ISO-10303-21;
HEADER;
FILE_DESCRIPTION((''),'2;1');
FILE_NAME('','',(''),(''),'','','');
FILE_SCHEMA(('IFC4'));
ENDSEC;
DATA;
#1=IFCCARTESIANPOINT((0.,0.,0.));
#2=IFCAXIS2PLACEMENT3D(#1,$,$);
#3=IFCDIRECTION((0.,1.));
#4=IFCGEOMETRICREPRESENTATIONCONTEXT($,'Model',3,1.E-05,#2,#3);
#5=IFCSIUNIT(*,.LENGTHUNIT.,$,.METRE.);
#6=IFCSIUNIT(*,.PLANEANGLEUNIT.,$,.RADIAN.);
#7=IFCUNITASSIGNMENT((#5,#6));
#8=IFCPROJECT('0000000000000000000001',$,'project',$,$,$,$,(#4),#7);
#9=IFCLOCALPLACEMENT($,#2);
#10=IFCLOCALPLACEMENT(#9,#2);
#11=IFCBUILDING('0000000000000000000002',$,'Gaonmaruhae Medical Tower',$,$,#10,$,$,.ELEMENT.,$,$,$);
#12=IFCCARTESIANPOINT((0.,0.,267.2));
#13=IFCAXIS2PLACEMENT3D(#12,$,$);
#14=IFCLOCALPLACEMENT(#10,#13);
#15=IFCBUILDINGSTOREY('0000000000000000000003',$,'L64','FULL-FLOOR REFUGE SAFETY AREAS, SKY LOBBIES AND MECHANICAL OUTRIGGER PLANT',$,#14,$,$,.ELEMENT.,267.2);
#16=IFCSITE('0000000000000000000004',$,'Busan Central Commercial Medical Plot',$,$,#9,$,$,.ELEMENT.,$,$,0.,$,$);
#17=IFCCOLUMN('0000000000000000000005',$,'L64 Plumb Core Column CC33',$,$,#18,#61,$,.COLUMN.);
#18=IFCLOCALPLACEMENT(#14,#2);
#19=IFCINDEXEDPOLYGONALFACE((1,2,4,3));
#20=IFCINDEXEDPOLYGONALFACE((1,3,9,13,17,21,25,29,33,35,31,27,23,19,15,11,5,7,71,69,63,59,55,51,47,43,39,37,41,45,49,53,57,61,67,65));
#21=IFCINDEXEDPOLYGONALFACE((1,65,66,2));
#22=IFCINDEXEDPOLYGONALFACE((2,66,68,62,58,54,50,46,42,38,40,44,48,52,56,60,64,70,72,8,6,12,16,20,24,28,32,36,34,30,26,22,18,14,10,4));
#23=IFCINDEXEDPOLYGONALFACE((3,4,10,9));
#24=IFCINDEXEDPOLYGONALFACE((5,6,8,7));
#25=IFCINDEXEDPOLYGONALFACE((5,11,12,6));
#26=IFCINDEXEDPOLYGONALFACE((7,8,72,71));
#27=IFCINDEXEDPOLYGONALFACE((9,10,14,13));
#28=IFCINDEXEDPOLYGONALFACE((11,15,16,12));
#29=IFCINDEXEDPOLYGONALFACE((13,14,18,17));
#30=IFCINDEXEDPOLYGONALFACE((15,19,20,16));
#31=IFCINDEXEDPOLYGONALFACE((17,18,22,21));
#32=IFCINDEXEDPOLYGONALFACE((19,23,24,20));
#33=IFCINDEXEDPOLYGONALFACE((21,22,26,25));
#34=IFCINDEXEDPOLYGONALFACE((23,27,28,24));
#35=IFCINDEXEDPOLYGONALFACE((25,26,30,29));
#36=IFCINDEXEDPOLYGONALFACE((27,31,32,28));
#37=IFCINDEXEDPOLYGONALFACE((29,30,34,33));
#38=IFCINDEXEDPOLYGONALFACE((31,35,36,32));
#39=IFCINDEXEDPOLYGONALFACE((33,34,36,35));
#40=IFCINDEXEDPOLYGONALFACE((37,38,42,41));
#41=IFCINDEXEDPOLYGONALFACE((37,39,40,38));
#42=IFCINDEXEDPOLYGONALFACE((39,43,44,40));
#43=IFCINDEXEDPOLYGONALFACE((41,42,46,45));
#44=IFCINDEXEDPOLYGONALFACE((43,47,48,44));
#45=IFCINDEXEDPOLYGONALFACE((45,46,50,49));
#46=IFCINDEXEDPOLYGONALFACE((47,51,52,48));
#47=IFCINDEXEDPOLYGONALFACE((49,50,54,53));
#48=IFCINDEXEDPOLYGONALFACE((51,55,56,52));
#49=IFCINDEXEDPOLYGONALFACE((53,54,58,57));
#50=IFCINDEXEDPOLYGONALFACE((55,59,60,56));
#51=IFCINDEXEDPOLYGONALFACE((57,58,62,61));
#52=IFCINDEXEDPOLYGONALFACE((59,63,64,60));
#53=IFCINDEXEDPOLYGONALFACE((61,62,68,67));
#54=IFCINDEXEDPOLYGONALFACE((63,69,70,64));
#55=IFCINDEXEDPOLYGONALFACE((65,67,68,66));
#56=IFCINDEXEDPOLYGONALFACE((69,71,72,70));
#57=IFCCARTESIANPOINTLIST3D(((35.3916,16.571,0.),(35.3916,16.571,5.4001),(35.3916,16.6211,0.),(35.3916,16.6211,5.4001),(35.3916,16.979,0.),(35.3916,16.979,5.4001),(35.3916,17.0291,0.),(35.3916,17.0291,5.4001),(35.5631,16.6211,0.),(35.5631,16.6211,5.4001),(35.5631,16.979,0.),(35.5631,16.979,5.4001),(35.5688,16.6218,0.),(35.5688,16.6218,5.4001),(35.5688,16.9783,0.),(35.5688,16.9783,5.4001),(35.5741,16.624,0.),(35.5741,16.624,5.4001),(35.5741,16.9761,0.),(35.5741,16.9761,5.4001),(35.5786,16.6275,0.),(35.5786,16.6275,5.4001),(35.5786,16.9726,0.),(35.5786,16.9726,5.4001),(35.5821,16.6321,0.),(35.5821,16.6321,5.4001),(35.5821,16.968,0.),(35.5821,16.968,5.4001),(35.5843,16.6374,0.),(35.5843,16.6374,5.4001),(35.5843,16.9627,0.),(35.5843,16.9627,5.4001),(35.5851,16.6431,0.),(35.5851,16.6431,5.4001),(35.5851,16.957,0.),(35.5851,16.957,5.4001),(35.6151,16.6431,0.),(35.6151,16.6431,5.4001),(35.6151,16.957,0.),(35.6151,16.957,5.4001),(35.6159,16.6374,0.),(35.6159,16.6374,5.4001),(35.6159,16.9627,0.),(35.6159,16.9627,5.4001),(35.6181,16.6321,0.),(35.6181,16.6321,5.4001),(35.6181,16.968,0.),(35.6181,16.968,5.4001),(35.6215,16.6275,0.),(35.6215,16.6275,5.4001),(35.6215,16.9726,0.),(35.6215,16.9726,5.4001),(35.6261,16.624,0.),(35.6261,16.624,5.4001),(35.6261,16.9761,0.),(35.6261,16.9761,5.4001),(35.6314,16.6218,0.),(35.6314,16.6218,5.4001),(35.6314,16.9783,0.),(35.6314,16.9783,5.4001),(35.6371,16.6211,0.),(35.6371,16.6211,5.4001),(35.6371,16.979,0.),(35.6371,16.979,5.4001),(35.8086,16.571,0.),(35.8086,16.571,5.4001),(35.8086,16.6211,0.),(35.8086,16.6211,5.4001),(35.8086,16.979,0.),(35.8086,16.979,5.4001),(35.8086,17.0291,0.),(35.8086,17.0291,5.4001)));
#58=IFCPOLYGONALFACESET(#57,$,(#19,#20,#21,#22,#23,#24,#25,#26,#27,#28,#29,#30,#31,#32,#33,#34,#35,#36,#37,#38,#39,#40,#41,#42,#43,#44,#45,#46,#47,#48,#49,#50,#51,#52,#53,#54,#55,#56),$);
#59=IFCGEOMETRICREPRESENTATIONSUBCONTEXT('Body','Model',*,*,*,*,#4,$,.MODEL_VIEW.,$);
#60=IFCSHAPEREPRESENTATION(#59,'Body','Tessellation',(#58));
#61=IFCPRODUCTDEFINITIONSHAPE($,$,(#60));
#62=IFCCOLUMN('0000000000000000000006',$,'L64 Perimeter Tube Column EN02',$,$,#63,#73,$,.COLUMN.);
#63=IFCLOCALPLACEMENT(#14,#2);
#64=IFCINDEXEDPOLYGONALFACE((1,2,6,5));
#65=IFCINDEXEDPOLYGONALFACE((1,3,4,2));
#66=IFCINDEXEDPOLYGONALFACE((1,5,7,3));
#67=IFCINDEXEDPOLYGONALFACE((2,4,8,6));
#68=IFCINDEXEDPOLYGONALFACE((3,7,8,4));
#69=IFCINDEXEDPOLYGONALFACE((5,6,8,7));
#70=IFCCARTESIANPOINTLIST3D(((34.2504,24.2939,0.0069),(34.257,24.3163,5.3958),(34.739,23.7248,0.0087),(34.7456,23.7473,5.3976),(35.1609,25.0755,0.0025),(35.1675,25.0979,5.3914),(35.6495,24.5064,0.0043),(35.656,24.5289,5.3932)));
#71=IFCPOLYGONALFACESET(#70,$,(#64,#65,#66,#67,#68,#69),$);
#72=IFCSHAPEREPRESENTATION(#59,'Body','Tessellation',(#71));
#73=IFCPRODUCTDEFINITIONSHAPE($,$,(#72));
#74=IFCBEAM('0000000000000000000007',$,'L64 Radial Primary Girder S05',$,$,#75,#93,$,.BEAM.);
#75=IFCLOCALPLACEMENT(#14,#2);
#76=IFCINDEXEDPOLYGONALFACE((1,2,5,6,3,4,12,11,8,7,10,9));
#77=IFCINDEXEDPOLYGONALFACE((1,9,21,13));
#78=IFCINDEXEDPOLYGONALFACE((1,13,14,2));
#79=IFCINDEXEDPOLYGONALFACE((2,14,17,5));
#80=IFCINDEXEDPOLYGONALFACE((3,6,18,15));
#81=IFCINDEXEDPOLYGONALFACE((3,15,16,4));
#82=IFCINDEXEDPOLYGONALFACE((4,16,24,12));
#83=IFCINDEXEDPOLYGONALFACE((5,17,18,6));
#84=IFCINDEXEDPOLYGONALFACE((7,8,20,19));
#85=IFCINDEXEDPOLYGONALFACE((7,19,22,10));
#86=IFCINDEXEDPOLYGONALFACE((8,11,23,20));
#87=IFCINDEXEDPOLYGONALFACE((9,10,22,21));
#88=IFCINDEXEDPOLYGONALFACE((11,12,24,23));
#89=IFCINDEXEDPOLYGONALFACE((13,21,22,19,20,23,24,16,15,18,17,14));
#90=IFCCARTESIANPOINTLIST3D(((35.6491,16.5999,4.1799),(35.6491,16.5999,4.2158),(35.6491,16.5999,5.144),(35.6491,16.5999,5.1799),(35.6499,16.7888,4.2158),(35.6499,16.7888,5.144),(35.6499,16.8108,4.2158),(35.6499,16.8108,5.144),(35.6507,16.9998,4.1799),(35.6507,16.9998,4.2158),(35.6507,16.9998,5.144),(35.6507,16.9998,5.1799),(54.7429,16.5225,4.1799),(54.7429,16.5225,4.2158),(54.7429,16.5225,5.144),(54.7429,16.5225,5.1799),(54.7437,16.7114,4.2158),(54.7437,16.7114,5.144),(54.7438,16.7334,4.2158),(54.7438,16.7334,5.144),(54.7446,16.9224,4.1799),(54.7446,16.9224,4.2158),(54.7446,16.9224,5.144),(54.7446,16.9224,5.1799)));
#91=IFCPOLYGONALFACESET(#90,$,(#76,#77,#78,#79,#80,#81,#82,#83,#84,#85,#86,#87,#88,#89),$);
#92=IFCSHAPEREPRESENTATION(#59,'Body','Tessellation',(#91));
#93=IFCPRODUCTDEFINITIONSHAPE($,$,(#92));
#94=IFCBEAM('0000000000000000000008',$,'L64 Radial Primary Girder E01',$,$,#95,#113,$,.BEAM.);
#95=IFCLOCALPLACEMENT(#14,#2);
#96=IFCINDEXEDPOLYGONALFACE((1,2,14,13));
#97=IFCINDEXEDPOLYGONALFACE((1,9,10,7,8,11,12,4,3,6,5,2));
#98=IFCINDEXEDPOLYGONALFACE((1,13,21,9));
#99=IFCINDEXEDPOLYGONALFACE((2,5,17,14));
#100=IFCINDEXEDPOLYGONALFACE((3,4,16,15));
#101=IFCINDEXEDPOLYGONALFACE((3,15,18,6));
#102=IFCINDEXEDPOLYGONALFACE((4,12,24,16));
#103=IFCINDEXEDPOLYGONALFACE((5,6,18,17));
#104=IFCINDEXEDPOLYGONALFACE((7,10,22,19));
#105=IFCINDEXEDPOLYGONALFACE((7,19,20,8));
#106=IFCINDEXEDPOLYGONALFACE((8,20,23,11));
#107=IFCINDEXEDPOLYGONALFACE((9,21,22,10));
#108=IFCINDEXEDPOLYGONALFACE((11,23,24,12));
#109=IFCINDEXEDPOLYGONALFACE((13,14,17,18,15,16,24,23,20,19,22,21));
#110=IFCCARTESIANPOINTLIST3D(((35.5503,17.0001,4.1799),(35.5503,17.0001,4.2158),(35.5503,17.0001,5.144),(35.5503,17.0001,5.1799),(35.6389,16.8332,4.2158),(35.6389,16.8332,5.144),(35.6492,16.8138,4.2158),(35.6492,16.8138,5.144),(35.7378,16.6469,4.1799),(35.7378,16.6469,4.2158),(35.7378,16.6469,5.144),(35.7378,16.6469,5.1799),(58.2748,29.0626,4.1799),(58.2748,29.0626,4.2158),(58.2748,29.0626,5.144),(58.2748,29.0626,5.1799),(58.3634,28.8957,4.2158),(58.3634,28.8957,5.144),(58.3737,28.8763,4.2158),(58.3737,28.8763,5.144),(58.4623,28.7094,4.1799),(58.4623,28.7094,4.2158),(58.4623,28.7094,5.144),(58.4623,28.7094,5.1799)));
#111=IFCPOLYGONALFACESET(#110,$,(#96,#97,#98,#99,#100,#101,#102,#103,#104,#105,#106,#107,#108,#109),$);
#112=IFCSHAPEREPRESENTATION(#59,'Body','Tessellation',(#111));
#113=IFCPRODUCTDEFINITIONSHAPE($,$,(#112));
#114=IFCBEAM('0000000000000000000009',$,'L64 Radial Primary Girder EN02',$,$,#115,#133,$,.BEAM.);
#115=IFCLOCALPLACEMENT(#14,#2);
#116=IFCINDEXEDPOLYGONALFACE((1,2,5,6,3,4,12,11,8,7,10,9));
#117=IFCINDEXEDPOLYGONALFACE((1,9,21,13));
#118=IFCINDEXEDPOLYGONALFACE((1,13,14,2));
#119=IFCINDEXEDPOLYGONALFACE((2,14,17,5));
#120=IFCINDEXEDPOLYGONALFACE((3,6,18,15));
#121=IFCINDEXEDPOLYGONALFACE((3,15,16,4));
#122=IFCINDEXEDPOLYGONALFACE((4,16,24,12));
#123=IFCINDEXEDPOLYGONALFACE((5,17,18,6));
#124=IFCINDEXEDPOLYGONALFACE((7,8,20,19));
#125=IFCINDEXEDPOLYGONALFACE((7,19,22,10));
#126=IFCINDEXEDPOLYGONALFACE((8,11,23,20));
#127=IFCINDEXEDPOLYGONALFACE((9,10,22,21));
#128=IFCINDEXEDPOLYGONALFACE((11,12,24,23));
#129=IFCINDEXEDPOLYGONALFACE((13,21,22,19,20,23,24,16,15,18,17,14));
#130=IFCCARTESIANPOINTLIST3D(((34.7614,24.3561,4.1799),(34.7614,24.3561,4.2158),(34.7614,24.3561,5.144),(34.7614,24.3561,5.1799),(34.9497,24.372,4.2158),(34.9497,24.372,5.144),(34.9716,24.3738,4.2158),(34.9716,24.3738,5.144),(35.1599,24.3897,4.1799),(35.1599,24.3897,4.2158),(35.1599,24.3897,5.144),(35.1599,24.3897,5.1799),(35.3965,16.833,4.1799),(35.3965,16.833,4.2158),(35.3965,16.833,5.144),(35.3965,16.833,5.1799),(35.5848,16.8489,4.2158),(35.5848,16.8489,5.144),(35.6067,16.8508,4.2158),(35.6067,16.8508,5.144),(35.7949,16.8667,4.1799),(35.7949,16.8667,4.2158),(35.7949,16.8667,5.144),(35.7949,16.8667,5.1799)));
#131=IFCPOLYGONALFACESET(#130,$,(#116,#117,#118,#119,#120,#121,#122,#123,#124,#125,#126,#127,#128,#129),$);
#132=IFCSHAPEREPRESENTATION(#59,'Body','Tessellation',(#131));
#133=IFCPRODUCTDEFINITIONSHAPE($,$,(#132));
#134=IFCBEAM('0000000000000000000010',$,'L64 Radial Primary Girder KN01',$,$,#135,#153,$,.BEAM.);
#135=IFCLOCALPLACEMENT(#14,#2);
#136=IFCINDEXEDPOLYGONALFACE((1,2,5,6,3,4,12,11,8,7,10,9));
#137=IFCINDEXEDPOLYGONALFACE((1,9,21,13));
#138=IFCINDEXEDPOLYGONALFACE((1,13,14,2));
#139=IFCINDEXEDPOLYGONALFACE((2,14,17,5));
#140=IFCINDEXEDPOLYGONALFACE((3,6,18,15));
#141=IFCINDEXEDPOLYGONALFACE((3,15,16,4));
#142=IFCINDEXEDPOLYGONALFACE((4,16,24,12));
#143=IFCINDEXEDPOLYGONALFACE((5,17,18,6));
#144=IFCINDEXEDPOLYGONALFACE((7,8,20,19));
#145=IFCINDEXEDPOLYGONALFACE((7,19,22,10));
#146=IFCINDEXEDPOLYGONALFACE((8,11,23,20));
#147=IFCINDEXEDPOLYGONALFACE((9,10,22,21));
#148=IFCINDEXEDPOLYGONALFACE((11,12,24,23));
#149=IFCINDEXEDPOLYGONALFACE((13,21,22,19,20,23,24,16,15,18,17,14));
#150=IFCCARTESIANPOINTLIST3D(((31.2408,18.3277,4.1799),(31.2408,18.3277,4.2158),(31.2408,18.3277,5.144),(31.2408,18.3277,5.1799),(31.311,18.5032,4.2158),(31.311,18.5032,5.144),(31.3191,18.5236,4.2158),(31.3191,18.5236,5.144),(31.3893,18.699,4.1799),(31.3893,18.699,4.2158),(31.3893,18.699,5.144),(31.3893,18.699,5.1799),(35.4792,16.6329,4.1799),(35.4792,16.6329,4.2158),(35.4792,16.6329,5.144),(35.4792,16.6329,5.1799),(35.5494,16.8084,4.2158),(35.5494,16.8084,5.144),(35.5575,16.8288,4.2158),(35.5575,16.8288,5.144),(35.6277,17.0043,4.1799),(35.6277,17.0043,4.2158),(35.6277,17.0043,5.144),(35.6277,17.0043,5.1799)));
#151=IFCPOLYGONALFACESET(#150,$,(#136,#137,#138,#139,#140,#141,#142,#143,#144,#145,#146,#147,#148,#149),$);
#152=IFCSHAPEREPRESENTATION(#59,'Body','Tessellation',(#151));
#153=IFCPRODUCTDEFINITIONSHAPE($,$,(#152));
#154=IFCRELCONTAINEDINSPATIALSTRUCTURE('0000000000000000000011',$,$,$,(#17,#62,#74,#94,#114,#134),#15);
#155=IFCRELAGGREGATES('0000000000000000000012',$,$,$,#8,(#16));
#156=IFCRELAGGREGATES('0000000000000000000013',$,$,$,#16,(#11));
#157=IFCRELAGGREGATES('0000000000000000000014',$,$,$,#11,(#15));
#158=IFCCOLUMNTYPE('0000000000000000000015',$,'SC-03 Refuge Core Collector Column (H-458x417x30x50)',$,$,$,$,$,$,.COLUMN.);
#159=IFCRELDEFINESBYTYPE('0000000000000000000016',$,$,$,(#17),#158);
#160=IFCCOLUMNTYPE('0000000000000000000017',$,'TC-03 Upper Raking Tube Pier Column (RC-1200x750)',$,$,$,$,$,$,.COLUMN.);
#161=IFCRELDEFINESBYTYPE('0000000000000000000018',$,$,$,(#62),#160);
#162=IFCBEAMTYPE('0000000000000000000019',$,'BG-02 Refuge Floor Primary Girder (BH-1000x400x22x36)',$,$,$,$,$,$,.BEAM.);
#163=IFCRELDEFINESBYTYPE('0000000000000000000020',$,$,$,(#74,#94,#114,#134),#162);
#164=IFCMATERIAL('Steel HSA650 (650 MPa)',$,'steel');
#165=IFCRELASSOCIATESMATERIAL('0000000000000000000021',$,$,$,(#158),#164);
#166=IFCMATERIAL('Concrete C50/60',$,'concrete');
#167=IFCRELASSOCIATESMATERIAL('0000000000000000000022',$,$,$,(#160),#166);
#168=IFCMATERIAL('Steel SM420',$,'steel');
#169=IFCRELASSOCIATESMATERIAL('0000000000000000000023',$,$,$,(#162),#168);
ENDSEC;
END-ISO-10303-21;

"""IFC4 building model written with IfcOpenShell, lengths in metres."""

from ifc_helpers import new_model, si_unit, direction, frame, origin, origin_2d, place, context, subcontext, project, spatial, rectangle, i_section, extrude, material, material_profile, profile_set, type_object, element, save


model = new_model("IFC4")

# Units and contexts
model_context = context("Model", 3, precision=1e-05, world=origin(), true_north=direction((0.0, 1.0)))
body_context = subcontext(model_context, "Body", "Model", "MODEL_VIEW")
ifc_project = project(units=[si_unit("LENGTHUNIT", "METRE"), si_unit("PLANEANGLEUNIT", "RADIAN")], contexts=[model_context])

# Site, building, storey
site_placement = place(None, origin())
site = spatial("IfcSite", under=ifc_project, at=site_placement, Name="Busan Central Commercial Medical Plot", CompositionType="ELEMENT", RefElevation=0.0)
building_placement = place(site_placement, origin())
building = spatial("IfcBuilding", under=site, at=building_placement, Name="Gaonmaruhae Medical Tower", CompositionType="ELEMENT")
storey_placement = place(building_placement, frame((0.0, 0.0, 267.2)))
storey = spatial("IfcBuildingStorey", under=building, at=storey_placement, Name="L64", Description="FULL-FLOOR REFUGE SAFETY AREAS, SKY LOBBIES AND MECHANICAL OUTRIGGER PLANT", CompositionType="ELEMENT", Elevation=267.2)

# Columns
ifc_material_1 = material(Name="Steel HSA650 (650 MPa)", Category="steel")
ifc_material_profile_1 = material_profile(ifc_material_1, i_section(OverallWidth=0.417, OverallDepth=0.458, WebThickness=0.03, FlangeThickness=0.05, FilletRadius=0.022, at=origin_2d()), Name="H-458x417x30x50")
ifc_profile_set_1 = profile_set([ifc_material_profile_1], Name="Steel HSA650 (650 MPa)")
column_type_1 = type_object("IfcColumnType", Name="SC-03 Refuge Core Collector Column (H-458x417x30x50)", PredefinedType="COLUMN", material=ifc_profile_set_1)
column_1_placement = place(storey_placement, frame((35.6001, 16.8, 0.0), z_axis=(0.0, 0.0, 1.0), x_axis=(1.0, 0.0, 0.0)))
element("IfcColumn", 1, at=column_1_placement, inside=storey, type_object=column_type_1, Name="L64 Plumb Core Column CC33", PredefinedType="COLUMN", context=body_context, shape_type="SweptSolid", body=[
    extrude(i_section(OverallWidth=0.417, OverallDepth=0.458, WebThickness=0.03, FlangeThickness=0.05, FilletRadius=0.022, at=origin_2d()), origin(), (0.0, 0.0, 1.0), 5.4001),
])
ifc_material_2 = material(Name="Concrete C50/60", Category="concrete")
ifc_material_profile_2 = material_profile(ifc_material_2, rectangle(XDim=1.2, YDim=0.75, at=origin_2d()), Name="RC-1200x750")
ifc_profile_set_2 = profile_set([ifc_material_profile_2], Name="Concrete C50/60")
column_type_2 = type_object("IfcColumnType", Name="TC-03 Upper Raking Tube Pier Column (RC-1200x750)", PredefinedType="COLUMN", material=ifc_profile_set_2)
column_2_placement = place(storey_placement, frame((34.95, 24.4001, 0.0056), z_axis=(0.001223, 0.004168, 0.999991), x_axis=(-0.758767, -0.651352, 0.003643)))
element("IfcColumn", 2, at=column_2_placement, inside=storey, type_object=column_type_2, Name="L64 Perimeter Tube Column EN02", PredefinedType="COLUMN", context=body_context, shape_type="SweptSolid", body=[
    extrude(rectangle(XDim=1.2, YDim=0.75, at=origin_2d()), origin(), (0.0, 0.0, 1.0), 5.3889),
])

# Beams
ifc_material_3 = material(Name="Steel SM420", Category="steel")
ifc_material_profile_3 = material_profile(ifc_material_3, i_section(OverallWidth=0.3999, OverallDepth=1.0, WebThickness=0.022, FlangeThickness=0.0359, at=origin_2d()), Name="BH-1000x400x22x36")
ifc_profile_set_3 = profile_set([ifc_material_profile_3], Name="Steel SM420")
beam_type_1 = type_object("IfcBeamType", Name="BG-02 Refuge Floor Primary Girder (BH-1000x400x22x36)", PredefinedType="BEAM", material=ifc_profile_set_3)
beam_1_placement = place(storey_placement, frame((35.6499, 16.7998, 4.6799), z_axis=(0.999992, -0.004053, 0.0), x_axis=(0.004053, 0.999992, 0.0)))
element("IfcBeam", 3, at=beam_1_placement, inside=storey, type_object=beam_type_1, Name="L64 Radial Primary Girder S05", PredefinedType="BEAM", context=body_context, shape_type="SweptSolid", body=[
    extrude(i_section(OverallWidth=0.3999, OverallDepth=1.0, WebThickness=0.022, FlangeThickness=0.0359, at=origin_2d()), origin(), (0.0, 0.0, 1.0), 19.094),
])
beam_2_placement = place(storey_placement, frame((35.644, 16.8235, 4.6799), z_axis=(0.883274, 0.468858, 0.0), x_axis=(-0.468858, 0.883274, 0.0)))
element("IfcBeam", 4, at=beam_2_placement, inside=storey, type_object=beam_type_1, Name="L64 Radial Primary Girder E01", PredefinedType="BEAM", context=body_context, shape_type="SweptSolid", body=[
    extrude(i_section(OverallWidth=0.3999, OverallDepth=1.0, WebThickness=0.022, FlangeThickness=0.0359, at=origin_2d()), origin(), (0.0, 0.0, 1.0), 25.7275),
])
beam_3_placement = place(storey_placement, frame((35.5957, 16.8499, 4.6799), z_axis=(-0.084111, 0.996456, 0.0), x_axis=(-0.996456, -0.084111, 0.0)))
element("IfcBeam", 5, at=beam_3_placement, inside=storey, type_object=beam_type_1, Name="L64 Radial Primary Girder EN02", PredefinedType="BEAM", context=body_context, shape_type="SweptSolid", body=[
    extrude(i_section(OverallWidth=0.3999, OverallDepth=1.0, WebThickness=0.022, FlangeThickness=0.0359, at=origin_2d()), origin(), (0.0, 0.0, 1.0), 7.5498),
])
beam_4_placement = place(storey_placement, frame((35.5535, 16.8186, 4.6799), z_axis=(-0.928521, 0.37128, 0.0), x_axis=(-0.37128, -0.928521, 0.0)))
element("IfcBeam", 6, at=beam_4_placement, inside=storey, type_object=beam_type_1, Name="L64 Radial Primary Girder KN01", PredefinedType="BEAM", context=body_context, shape_type="SweptSolid", body=[
    extrude(i_section(OverallWidth=0.3999, OverallDepth=1.0, WebThickness=0.022, FlangeThickness=0.0359, at=origin_2d()), origin(), (0.0, 0.0, 1.0), 4.5647),
])

save(model, "model.ifc")
